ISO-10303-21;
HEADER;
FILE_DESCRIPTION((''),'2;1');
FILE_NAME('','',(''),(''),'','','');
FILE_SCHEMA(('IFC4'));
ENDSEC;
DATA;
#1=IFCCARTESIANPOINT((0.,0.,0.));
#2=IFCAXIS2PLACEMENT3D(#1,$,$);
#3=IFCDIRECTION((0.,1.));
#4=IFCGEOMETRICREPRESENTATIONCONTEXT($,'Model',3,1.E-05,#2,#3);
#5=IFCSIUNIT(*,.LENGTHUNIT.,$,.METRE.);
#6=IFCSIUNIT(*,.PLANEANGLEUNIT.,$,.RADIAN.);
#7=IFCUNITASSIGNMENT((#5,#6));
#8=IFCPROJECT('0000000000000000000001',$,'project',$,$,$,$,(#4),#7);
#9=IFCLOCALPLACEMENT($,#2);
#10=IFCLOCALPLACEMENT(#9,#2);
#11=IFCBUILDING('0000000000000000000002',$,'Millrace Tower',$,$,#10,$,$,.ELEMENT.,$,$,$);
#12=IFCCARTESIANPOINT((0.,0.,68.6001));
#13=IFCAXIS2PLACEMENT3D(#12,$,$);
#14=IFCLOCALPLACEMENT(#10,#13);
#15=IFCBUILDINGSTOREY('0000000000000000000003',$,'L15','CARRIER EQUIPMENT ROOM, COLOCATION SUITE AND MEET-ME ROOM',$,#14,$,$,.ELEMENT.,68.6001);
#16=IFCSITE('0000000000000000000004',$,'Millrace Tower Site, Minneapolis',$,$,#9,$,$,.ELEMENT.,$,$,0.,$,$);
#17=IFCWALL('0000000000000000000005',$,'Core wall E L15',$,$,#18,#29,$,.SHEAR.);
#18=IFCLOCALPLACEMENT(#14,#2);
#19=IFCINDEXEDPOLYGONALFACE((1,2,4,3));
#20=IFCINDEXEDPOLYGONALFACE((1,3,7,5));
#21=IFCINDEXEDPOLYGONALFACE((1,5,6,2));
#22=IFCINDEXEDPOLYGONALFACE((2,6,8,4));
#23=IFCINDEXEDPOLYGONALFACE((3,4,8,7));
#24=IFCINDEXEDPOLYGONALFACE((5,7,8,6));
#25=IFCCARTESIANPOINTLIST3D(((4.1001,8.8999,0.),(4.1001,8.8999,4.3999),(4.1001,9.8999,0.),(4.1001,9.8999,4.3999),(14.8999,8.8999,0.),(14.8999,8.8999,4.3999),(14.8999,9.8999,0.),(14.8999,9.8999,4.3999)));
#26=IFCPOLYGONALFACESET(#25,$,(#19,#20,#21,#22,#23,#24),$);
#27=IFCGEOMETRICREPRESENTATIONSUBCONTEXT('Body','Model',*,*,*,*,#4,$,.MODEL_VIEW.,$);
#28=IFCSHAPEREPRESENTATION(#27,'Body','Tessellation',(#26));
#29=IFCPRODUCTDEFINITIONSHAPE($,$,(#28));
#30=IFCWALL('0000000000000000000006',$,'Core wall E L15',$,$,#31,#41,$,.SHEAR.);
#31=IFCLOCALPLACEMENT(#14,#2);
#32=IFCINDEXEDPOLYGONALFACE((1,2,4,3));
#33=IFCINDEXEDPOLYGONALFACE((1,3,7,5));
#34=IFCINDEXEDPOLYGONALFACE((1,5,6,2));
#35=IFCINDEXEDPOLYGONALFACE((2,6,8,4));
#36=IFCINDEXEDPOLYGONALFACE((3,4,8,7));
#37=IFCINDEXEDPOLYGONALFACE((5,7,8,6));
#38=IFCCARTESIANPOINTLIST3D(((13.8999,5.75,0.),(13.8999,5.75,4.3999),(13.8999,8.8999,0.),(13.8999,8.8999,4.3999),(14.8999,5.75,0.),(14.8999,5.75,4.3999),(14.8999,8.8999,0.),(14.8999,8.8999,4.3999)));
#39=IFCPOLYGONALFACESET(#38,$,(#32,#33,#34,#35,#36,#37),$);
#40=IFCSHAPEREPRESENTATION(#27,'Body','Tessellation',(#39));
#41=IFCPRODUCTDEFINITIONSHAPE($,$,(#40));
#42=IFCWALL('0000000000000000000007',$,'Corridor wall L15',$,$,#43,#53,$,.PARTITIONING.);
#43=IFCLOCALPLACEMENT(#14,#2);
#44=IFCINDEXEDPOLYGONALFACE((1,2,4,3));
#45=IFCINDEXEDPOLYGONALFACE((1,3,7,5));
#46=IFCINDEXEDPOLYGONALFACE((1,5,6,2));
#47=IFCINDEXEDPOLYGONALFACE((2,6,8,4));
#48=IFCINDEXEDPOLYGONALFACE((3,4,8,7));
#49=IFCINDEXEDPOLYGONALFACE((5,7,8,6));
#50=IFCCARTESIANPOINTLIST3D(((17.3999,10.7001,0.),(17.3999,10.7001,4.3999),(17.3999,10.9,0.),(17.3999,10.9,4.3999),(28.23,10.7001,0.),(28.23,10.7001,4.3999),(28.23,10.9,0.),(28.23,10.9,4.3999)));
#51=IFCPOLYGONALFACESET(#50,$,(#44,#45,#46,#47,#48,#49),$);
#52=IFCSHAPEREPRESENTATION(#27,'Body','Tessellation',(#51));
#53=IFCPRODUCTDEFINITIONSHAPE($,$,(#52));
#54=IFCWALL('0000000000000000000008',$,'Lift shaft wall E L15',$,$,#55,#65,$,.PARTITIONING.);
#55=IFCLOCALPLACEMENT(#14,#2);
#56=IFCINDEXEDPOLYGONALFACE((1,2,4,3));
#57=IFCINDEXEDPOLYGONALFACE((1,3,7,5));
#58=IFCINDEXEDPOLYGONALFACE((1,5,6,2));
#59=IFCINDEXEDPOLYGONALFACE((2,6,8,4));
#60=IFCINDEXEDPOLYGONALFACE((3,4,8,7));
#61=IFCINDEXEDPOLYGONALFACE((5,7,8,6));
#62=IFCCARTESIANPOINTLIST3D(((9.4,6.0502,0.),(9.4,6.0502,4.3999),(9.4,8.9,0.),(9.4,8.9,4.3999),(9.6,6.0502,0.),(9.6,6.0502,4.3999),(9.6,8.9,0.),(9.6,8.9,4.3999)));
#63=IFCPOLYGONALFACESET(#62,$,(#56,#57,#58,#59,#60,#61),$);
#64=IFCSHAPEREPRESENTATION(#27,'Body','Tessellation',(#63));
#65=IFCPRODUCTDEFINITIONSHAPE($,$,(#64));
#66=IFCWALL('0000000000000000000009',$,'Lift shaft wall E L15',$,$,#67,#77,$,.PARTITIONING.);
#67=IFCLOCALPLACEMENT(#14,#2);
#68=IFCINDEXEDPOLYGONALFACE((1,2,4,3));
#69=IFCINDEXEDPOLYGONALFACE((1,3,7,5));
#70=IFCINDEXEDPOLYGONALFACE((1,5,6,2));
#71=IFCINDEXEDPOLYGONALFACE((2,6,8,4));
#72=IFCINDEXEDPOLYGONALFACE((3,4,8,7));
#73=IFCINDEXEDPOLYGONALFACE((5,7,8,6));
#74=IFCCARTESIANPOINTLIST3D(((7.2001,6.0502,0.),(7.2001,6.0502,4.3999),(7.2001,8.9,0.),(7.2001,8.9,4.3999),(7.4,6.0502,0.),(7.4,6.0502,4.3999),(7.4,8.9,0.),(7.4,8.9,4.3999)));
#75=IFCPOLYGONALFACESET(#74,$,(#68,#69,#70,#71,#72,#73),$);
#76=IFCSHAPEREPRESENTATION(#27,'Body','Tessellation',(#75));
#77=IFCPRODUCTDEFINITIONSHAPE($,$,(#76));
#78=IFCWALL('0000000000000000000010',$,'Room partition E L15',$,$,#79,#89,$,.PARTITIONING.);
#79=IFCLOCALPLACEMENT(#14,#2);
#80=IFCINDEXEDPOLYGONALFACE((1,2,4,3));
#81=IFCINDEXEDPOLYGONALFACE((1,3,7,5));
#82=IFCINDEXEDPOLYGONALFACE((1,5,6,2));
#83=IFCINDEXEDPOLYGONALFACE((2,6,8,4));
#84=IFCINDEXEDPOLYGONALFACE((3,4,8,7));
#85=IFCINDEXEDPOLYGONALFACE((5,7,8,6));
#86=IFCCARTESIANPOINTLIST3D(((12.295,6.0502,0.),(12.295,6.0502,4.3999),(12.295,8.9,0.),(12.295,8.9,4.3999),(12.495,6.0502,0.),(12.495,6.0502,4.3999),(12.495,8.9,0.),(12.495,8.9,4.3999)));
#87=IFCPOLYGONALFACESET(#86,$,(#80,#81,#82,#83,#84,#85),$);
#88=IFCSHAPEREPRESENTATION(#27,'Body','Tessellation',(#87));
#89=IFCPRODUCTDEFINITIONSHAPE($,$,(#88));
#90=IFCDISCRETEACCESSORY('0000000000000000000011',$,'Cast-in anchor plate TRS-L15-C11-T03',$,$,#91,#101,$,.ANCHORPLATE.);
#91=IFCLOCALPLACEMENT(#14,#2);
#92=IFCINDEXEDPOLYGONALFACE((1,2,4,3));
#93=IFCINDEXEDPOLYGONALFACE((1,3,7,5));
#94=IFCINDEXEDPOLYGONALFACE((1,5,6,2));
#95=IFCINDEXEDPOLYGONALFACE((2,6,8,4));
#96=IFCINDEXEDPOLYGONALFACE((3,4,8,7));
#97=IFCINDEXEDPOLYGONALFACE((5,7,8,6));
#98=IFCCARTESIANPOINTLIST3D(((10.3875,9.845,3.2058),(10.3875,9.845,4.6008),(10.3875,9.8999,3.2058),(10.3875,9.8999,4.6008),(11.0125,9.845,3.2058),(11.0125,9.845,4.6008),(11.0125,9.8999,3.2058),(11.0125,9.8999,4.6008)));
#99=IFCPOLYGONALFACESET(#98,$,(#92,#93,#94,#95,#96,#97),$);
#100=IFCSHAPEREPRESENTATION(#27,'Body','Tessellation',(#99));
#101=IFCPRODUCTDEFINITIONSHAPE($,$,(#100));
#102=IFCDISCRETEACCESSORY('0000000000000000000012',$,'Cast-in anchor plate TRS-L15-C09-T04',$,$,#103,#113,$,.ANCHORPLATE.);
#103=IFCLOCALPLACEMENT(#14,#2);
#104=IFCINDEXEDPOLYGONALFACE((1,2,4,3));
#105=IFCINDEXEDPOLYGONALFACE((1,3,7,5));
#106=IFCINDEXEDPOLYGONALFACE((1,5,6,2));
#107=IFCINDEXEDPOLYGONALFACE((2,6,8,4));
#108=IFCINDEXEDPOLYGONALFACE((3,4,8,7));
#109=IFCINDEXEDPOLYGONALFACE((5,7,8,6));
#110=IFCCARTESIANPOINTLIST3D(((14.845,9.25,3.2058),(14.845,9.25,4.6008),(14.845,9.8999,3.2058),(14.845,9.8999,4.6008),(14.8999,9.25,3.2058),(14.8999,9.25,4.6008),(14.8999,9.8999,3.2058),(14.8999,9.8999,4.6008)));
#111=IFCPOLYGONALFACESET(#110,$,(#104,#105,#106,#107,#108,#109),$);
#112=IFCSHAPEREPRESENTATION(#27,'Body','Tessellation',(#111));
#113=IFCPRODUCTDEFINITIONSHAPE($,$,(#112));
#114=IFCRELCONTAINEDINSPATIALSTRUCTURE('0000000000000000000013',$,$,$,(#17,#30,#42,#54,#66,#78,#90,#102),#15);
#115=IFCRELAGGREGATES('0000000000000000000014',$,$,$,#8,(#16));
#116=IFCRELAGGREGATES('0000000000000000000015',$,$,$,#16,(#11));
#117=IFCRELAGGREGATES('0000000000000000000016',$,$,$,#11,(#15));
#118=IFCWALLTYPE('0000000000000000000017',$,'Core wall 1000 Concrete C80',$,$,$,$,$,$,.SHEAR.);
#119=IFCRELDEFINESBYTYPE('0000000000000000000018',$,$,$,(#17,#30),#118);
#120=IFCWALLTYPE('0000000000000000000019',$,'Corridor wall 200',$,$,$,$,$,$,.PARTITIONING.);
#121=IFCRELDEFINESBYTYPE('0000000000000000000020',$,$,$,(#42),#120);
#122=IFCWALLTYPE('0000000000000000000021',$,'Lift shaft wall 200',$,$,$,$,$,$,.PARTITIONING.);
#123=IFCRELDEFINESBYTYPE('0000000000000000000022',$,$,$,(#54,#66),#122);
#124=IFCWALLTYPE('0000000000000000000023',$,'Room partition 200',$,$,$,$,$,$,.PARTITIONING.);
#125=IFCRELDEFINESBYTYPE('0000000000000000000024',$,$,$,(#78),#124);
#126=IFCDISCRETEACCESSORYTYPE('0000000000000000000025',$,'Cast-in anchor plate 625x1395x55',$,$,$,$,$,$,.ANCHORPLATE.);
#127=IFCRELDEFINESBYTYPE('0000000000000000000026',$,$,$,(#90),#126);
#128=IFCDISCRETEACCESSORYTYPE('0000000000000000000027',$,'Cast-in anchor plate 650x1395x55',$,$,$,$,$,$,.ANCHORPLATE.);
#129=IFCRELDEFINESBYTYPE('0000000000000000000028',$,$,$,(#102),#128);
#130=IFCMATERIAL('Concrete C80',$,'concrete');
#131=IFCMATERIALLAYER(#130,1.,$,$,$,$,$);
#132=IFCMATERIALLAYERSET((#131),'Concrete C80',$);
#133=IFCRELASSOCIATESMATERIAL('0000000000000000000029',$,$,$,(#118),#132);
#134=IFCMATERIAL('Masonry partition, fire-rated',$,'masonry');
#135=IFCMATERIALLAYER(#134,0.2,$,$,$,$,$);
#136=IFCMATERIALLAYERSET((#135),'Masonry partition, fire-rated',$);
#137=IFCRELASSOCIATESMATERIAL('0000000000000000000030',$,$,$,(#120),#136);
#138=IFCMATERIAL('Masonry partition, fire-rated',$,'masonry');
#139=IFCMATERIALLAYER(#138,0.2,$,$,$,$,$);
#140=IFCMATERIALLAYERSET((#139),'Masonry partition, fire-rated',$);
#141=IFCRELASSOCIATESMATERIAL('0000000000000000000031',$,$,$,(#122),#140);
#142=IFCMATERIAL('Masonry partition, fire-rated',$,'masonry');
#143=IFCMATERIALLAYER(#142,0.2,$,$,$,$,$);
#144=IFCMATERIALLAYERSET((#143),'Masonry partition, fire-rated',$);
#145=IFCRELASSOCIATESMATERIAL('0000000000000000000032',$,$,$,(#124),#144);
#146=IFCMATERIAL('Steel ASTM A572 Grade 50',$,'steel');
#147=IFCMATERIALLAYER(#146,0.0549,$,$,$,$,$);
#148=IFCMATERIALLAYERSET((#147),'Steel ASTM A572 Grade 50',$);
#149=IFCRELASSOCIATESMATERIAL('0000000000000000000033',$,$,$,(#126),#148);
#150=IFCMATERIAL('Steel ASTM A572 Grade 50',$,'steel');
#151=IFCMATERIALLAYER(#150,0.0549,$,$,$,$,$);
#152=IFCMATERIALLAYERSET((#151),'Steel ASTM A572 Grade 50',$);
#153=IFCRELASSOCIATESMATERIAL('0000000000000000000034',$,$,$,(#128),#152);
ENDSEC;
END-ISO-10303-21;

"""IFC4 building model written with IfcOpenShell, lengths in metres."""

from ifc_helpers import new_model, si_unit, direction, frame, frame_2d, origin, origin_2d, place, context, subcontext, project, spatial, rectangle, extrude, material, layer, layer_set, type_object, element, save


model = new_model("IFC4")

# Units and contexts
model_context = context("Model", 3, precision=1e-05, world=origin(), true_north=direction((0.0, 1.0)))
body_context = subcontext(model_context, "Body", "Model", "MODEL_VIEW")
ifc_project = project(units=[si_unit("LENGTHUNIT", "METRE"), si_unit("PLANEANGLEUNIT", "RADIAN")], contexts=[model_context])

# Site, building, storey
site_placement = place(None, origin())
site = spatial("IfcSite", under=ifc_project, at=site_placement, Name="Millrace Tower Site, Minneapolis", CompositionType="ELEMENT", RefElevation=0.0)
building_placement = place(site_placement, origin())
building = spatial("IfcBuilding", under=site, at=building_placement, Name="Millrace Tower", CompositionType="ELEMENT")
storey_placement = place(building_placement, frame((0.0, 0.0, 68.6001)))
storey = spatial("IfcBuildingStorey", under=building, at=storey_placement, Name="L15", Description="CARRIER EQUIPMENT ROOM, COLOCATION SUITE AND MEET-ME ROOM", CompositionType="ELEMENT", Elevation=68.6001)

# Walls
ifc_material_1 = material(Name="Concrete C80", Category="concrete")
ifc_layer_1 = layer(ifc_material_1, 1.0)
ifc_layer_set_1 = layer_set([ifc_layer_1], Name="Concrete C80")
wall_type_1 = type_object("IfcWallType", Name="Core wall 1000 Concrete C80", PredefinedType="SHEAR", material=ifc_layer_set_1)
wall_1_placement = place(storey_placement, frame((14.8999, 9.3999, 0.0), z_axis=(0.0, 0.0, 1.0), x_axis=(-1.0, 0.0, 0.0)))
element("IfcWall", 1, at=wall_1_placement, inside=storey, type_object=wall_type_1, Name="Core wall E L15", PredefinedType="SHEAR", context=body_context, shape_type="SweptSolid", body=[
    extrude(rectangle(XDim=10.7998, YDim=1.0, at=frame_2d((5.3999, 0.0))), origin(), (0.0, 0.0, 1.0), 4.3999),
])
wall_2_placement = place(storey_placement, frame((14.3999, 8.8999, 0.0), z_axis=(0.0, 0.0, 1.0), x_axis=(0.0, -1.0, 0.0)))
element("IfcWall", 2, at=wall_2_placement, inside=storey, type_object=wall_type_1, Name="Core wall E L15", PredefinedType="SHEAR", context=body_context, shape_type="SweptSolid", body=[
    extrude(rectangle(XDim=3.1499, YDim=1.0, at=frame_2d((1.575, 0.0))), origin(), (0.0, 0.0, 1.0), 4.3999),
])
ifc_material_2 = material(Name="Masonry partition, fire-rated", Category="masonry")
ifc_layer_2 = layer(ifc_material_2, 0.2)
ifc_layer_set_2 = layer_set([ifc_layer_2], Name="Masonry partition, fire-rated")
wall_type_2 = type_object("IfcWallType", Name="Corridor wall 200", PredefinedType="PARTITIONING", material=ifc_layer_set_2)
wall_3_placement = place(storey_placement, frame((17.3999, 10.8, 0.0), z_axis=(0.0, 0.0, 1.0), x_axis=(1.0, 0.0, 0.0)))
element("IfcWall", 3, at=wall_3_placement, inside=storey, type_object=wall_type_2, Name="Corridor wall L15", PredefinedType="PARTITIONING", context=body_context, shape_type="SweptSolid", body=[
    extrude(rectangle(XDim=10.8301, YDim=0.2, at=frame_2d((5.415, 0.0))), origin(), (0.0, 0.0, 1.0), 4.3999),
])
ifc_material_3 = material(Name="Masonry partition, fire-rated", Category="masonry")
ifc_layer_3 = layer(ifc_material_3, 0.2)
ifc_layer_set_3 = layer_set([ifc_layer_3], Name="Masonry partition, fire-rated")
wall_type_3 = type_object("IfcWallType", Name="Lift shaft wall 200", PredefinedType="PARTITIONING", material=ifc_layer_set_3)
for number, where, z_axis, x_axis, name in (
    (4, (9.5, 8.8999, 0.0), (0.0, 0.0, 1.0), (0.0, -1.0, 0.0), "Lift shaft wall E L15"),
    (5, (7.3, 8.8999, 0.0), (0.0, 0.0, 1.0), (0.0, -1.0, 0.0), "Lift shaft wall E L15"),
):
    element("IfcWall", number, at=place(storey_placement, frame(where, z_axis=z_axis, x_axis=x_axis)), inside=storey, type_object=wall_type_3, Name=name, PredefinedType="PARTITIONING", context=body_context, shape_type="SweptSolid", body=[
        extrude(rectangle(XDim=2.8499, YDim=0.2, at=frame_2d((1.4248, 0.0))), origin(), (0.0, 0.0, 1.0), 4.3999),
    ])
ifc_material_4 = material(Name="Masonry partition, fire-rated", Category="masonry")
ifc_layer_4 = layer(ifc_material_4, 0.2)
ifc_layer_set_4 = layer_set([ifc_layer_4], Name="Masonry partition, fire-rated")
wall_type_4 = type_object("IfcWallType", Name="Room partition 200", PredefinedType="PARTITIONING", material=ifc_layer_set_4)
wall_4_placement = place(storey_placement, frame((12.395, 8.8999, 0.0), z_axis=(0.0, 0.0, 1.0), x_axis=(0.0, -1.0, 0.0)))
element("IfcWall", 6, at=wall_4_placement, inside=storey, type_object=wall_type_4, Name="Room partition E L15", PredefinedType="PARTITIONING", context=body_context, shape_type="SweptSolid", body=[
    extrude(rectangle(XDim=2.8499, YDim=0.2, at=frame_2d((1.4248, 0.0))), origin(), (0.0, 0.0, 1.0), 4.3999),
])

# Discrete accessories
ifc_material_5 = material(Name="Steel ASTM A572 Grade 50", Category="steel")
ifc_layer_5 = layer(ifc_material_5, 0.0549)
ifc_layer_set_5 = layer_set([ifc_layer_5], Name="Steel ASTM A572 Grade 50")
discrete_accessory_type_1 = type_object("IfcDiscreteAccessoryType", Name="Cast-in anchor plate 625x1395x55", PredefinedType="ANCHORPLATE", material=ifc_layer_set_5)
discrete_accessory_1_placement = place(storey_placement, frame((10.7, 9.845, 3.9033), z_axis=(0.0, 1.0, 0.0), x_axis=(-1.0, 0.0, 0.0)))
element("IfcDiscreteAccessory", 7, at=discrete_accessory_1_placement, inside=storey, type_object=discrete_accessory_type_1, Name="Cast-in anchor plate TRS-L15-C11-T03", PredefinedType="ANCHORPLATE", context=body_context, shape_type="SweptSolid", body=[
    extrude(rectangle(XDim=0.625, YDim=1.395, at=origin_2d()), origin(), (0.0, 0.0, 1.0), 0.0549),
])
ifc_material_6 = material(Name="Steel ASTM A572 Grade 50", Category="steel")
ifc_layer_6 = layer(ifc_material_6, 0.0549)
ifc_layer_set_6 = layer_set([ifc_layer_6], Name="Steel ASTM A572 Grade 50")
discrete_accessory_type_2 = type_object("IfcDiscreteAccessoryType", Name="Cast-in anchor plate 650x1395x55", PredefinedType="ANCHORPLATE", material=ifc_layer_set_6)
discrete_accessory_2_placement = place(storey_placement, frame((14.845, 9.575, 3.9033), z_axis=(1.0, 0.0, 0.0), x_axis=(0.0, 1.0, 0.0)))
element("IfcDiscreteAccessory", 8, at=discrete_accessory_2_placement, inside=storey, type_object=discrete_accessory_type_2, Name="Cast-in anchor plate TRS-L15-C09-T04", PredefinedType="ANCHORPLATE", context=body_context, shape_type="SweptSolid", body=[
    extrude(rectangle(XDim=0.6499, YDim=1.395, at=origin_2d()), origin(), (0.0, 0.0, 1.0), 0.0549),
])

save(model, "model.ifc")
